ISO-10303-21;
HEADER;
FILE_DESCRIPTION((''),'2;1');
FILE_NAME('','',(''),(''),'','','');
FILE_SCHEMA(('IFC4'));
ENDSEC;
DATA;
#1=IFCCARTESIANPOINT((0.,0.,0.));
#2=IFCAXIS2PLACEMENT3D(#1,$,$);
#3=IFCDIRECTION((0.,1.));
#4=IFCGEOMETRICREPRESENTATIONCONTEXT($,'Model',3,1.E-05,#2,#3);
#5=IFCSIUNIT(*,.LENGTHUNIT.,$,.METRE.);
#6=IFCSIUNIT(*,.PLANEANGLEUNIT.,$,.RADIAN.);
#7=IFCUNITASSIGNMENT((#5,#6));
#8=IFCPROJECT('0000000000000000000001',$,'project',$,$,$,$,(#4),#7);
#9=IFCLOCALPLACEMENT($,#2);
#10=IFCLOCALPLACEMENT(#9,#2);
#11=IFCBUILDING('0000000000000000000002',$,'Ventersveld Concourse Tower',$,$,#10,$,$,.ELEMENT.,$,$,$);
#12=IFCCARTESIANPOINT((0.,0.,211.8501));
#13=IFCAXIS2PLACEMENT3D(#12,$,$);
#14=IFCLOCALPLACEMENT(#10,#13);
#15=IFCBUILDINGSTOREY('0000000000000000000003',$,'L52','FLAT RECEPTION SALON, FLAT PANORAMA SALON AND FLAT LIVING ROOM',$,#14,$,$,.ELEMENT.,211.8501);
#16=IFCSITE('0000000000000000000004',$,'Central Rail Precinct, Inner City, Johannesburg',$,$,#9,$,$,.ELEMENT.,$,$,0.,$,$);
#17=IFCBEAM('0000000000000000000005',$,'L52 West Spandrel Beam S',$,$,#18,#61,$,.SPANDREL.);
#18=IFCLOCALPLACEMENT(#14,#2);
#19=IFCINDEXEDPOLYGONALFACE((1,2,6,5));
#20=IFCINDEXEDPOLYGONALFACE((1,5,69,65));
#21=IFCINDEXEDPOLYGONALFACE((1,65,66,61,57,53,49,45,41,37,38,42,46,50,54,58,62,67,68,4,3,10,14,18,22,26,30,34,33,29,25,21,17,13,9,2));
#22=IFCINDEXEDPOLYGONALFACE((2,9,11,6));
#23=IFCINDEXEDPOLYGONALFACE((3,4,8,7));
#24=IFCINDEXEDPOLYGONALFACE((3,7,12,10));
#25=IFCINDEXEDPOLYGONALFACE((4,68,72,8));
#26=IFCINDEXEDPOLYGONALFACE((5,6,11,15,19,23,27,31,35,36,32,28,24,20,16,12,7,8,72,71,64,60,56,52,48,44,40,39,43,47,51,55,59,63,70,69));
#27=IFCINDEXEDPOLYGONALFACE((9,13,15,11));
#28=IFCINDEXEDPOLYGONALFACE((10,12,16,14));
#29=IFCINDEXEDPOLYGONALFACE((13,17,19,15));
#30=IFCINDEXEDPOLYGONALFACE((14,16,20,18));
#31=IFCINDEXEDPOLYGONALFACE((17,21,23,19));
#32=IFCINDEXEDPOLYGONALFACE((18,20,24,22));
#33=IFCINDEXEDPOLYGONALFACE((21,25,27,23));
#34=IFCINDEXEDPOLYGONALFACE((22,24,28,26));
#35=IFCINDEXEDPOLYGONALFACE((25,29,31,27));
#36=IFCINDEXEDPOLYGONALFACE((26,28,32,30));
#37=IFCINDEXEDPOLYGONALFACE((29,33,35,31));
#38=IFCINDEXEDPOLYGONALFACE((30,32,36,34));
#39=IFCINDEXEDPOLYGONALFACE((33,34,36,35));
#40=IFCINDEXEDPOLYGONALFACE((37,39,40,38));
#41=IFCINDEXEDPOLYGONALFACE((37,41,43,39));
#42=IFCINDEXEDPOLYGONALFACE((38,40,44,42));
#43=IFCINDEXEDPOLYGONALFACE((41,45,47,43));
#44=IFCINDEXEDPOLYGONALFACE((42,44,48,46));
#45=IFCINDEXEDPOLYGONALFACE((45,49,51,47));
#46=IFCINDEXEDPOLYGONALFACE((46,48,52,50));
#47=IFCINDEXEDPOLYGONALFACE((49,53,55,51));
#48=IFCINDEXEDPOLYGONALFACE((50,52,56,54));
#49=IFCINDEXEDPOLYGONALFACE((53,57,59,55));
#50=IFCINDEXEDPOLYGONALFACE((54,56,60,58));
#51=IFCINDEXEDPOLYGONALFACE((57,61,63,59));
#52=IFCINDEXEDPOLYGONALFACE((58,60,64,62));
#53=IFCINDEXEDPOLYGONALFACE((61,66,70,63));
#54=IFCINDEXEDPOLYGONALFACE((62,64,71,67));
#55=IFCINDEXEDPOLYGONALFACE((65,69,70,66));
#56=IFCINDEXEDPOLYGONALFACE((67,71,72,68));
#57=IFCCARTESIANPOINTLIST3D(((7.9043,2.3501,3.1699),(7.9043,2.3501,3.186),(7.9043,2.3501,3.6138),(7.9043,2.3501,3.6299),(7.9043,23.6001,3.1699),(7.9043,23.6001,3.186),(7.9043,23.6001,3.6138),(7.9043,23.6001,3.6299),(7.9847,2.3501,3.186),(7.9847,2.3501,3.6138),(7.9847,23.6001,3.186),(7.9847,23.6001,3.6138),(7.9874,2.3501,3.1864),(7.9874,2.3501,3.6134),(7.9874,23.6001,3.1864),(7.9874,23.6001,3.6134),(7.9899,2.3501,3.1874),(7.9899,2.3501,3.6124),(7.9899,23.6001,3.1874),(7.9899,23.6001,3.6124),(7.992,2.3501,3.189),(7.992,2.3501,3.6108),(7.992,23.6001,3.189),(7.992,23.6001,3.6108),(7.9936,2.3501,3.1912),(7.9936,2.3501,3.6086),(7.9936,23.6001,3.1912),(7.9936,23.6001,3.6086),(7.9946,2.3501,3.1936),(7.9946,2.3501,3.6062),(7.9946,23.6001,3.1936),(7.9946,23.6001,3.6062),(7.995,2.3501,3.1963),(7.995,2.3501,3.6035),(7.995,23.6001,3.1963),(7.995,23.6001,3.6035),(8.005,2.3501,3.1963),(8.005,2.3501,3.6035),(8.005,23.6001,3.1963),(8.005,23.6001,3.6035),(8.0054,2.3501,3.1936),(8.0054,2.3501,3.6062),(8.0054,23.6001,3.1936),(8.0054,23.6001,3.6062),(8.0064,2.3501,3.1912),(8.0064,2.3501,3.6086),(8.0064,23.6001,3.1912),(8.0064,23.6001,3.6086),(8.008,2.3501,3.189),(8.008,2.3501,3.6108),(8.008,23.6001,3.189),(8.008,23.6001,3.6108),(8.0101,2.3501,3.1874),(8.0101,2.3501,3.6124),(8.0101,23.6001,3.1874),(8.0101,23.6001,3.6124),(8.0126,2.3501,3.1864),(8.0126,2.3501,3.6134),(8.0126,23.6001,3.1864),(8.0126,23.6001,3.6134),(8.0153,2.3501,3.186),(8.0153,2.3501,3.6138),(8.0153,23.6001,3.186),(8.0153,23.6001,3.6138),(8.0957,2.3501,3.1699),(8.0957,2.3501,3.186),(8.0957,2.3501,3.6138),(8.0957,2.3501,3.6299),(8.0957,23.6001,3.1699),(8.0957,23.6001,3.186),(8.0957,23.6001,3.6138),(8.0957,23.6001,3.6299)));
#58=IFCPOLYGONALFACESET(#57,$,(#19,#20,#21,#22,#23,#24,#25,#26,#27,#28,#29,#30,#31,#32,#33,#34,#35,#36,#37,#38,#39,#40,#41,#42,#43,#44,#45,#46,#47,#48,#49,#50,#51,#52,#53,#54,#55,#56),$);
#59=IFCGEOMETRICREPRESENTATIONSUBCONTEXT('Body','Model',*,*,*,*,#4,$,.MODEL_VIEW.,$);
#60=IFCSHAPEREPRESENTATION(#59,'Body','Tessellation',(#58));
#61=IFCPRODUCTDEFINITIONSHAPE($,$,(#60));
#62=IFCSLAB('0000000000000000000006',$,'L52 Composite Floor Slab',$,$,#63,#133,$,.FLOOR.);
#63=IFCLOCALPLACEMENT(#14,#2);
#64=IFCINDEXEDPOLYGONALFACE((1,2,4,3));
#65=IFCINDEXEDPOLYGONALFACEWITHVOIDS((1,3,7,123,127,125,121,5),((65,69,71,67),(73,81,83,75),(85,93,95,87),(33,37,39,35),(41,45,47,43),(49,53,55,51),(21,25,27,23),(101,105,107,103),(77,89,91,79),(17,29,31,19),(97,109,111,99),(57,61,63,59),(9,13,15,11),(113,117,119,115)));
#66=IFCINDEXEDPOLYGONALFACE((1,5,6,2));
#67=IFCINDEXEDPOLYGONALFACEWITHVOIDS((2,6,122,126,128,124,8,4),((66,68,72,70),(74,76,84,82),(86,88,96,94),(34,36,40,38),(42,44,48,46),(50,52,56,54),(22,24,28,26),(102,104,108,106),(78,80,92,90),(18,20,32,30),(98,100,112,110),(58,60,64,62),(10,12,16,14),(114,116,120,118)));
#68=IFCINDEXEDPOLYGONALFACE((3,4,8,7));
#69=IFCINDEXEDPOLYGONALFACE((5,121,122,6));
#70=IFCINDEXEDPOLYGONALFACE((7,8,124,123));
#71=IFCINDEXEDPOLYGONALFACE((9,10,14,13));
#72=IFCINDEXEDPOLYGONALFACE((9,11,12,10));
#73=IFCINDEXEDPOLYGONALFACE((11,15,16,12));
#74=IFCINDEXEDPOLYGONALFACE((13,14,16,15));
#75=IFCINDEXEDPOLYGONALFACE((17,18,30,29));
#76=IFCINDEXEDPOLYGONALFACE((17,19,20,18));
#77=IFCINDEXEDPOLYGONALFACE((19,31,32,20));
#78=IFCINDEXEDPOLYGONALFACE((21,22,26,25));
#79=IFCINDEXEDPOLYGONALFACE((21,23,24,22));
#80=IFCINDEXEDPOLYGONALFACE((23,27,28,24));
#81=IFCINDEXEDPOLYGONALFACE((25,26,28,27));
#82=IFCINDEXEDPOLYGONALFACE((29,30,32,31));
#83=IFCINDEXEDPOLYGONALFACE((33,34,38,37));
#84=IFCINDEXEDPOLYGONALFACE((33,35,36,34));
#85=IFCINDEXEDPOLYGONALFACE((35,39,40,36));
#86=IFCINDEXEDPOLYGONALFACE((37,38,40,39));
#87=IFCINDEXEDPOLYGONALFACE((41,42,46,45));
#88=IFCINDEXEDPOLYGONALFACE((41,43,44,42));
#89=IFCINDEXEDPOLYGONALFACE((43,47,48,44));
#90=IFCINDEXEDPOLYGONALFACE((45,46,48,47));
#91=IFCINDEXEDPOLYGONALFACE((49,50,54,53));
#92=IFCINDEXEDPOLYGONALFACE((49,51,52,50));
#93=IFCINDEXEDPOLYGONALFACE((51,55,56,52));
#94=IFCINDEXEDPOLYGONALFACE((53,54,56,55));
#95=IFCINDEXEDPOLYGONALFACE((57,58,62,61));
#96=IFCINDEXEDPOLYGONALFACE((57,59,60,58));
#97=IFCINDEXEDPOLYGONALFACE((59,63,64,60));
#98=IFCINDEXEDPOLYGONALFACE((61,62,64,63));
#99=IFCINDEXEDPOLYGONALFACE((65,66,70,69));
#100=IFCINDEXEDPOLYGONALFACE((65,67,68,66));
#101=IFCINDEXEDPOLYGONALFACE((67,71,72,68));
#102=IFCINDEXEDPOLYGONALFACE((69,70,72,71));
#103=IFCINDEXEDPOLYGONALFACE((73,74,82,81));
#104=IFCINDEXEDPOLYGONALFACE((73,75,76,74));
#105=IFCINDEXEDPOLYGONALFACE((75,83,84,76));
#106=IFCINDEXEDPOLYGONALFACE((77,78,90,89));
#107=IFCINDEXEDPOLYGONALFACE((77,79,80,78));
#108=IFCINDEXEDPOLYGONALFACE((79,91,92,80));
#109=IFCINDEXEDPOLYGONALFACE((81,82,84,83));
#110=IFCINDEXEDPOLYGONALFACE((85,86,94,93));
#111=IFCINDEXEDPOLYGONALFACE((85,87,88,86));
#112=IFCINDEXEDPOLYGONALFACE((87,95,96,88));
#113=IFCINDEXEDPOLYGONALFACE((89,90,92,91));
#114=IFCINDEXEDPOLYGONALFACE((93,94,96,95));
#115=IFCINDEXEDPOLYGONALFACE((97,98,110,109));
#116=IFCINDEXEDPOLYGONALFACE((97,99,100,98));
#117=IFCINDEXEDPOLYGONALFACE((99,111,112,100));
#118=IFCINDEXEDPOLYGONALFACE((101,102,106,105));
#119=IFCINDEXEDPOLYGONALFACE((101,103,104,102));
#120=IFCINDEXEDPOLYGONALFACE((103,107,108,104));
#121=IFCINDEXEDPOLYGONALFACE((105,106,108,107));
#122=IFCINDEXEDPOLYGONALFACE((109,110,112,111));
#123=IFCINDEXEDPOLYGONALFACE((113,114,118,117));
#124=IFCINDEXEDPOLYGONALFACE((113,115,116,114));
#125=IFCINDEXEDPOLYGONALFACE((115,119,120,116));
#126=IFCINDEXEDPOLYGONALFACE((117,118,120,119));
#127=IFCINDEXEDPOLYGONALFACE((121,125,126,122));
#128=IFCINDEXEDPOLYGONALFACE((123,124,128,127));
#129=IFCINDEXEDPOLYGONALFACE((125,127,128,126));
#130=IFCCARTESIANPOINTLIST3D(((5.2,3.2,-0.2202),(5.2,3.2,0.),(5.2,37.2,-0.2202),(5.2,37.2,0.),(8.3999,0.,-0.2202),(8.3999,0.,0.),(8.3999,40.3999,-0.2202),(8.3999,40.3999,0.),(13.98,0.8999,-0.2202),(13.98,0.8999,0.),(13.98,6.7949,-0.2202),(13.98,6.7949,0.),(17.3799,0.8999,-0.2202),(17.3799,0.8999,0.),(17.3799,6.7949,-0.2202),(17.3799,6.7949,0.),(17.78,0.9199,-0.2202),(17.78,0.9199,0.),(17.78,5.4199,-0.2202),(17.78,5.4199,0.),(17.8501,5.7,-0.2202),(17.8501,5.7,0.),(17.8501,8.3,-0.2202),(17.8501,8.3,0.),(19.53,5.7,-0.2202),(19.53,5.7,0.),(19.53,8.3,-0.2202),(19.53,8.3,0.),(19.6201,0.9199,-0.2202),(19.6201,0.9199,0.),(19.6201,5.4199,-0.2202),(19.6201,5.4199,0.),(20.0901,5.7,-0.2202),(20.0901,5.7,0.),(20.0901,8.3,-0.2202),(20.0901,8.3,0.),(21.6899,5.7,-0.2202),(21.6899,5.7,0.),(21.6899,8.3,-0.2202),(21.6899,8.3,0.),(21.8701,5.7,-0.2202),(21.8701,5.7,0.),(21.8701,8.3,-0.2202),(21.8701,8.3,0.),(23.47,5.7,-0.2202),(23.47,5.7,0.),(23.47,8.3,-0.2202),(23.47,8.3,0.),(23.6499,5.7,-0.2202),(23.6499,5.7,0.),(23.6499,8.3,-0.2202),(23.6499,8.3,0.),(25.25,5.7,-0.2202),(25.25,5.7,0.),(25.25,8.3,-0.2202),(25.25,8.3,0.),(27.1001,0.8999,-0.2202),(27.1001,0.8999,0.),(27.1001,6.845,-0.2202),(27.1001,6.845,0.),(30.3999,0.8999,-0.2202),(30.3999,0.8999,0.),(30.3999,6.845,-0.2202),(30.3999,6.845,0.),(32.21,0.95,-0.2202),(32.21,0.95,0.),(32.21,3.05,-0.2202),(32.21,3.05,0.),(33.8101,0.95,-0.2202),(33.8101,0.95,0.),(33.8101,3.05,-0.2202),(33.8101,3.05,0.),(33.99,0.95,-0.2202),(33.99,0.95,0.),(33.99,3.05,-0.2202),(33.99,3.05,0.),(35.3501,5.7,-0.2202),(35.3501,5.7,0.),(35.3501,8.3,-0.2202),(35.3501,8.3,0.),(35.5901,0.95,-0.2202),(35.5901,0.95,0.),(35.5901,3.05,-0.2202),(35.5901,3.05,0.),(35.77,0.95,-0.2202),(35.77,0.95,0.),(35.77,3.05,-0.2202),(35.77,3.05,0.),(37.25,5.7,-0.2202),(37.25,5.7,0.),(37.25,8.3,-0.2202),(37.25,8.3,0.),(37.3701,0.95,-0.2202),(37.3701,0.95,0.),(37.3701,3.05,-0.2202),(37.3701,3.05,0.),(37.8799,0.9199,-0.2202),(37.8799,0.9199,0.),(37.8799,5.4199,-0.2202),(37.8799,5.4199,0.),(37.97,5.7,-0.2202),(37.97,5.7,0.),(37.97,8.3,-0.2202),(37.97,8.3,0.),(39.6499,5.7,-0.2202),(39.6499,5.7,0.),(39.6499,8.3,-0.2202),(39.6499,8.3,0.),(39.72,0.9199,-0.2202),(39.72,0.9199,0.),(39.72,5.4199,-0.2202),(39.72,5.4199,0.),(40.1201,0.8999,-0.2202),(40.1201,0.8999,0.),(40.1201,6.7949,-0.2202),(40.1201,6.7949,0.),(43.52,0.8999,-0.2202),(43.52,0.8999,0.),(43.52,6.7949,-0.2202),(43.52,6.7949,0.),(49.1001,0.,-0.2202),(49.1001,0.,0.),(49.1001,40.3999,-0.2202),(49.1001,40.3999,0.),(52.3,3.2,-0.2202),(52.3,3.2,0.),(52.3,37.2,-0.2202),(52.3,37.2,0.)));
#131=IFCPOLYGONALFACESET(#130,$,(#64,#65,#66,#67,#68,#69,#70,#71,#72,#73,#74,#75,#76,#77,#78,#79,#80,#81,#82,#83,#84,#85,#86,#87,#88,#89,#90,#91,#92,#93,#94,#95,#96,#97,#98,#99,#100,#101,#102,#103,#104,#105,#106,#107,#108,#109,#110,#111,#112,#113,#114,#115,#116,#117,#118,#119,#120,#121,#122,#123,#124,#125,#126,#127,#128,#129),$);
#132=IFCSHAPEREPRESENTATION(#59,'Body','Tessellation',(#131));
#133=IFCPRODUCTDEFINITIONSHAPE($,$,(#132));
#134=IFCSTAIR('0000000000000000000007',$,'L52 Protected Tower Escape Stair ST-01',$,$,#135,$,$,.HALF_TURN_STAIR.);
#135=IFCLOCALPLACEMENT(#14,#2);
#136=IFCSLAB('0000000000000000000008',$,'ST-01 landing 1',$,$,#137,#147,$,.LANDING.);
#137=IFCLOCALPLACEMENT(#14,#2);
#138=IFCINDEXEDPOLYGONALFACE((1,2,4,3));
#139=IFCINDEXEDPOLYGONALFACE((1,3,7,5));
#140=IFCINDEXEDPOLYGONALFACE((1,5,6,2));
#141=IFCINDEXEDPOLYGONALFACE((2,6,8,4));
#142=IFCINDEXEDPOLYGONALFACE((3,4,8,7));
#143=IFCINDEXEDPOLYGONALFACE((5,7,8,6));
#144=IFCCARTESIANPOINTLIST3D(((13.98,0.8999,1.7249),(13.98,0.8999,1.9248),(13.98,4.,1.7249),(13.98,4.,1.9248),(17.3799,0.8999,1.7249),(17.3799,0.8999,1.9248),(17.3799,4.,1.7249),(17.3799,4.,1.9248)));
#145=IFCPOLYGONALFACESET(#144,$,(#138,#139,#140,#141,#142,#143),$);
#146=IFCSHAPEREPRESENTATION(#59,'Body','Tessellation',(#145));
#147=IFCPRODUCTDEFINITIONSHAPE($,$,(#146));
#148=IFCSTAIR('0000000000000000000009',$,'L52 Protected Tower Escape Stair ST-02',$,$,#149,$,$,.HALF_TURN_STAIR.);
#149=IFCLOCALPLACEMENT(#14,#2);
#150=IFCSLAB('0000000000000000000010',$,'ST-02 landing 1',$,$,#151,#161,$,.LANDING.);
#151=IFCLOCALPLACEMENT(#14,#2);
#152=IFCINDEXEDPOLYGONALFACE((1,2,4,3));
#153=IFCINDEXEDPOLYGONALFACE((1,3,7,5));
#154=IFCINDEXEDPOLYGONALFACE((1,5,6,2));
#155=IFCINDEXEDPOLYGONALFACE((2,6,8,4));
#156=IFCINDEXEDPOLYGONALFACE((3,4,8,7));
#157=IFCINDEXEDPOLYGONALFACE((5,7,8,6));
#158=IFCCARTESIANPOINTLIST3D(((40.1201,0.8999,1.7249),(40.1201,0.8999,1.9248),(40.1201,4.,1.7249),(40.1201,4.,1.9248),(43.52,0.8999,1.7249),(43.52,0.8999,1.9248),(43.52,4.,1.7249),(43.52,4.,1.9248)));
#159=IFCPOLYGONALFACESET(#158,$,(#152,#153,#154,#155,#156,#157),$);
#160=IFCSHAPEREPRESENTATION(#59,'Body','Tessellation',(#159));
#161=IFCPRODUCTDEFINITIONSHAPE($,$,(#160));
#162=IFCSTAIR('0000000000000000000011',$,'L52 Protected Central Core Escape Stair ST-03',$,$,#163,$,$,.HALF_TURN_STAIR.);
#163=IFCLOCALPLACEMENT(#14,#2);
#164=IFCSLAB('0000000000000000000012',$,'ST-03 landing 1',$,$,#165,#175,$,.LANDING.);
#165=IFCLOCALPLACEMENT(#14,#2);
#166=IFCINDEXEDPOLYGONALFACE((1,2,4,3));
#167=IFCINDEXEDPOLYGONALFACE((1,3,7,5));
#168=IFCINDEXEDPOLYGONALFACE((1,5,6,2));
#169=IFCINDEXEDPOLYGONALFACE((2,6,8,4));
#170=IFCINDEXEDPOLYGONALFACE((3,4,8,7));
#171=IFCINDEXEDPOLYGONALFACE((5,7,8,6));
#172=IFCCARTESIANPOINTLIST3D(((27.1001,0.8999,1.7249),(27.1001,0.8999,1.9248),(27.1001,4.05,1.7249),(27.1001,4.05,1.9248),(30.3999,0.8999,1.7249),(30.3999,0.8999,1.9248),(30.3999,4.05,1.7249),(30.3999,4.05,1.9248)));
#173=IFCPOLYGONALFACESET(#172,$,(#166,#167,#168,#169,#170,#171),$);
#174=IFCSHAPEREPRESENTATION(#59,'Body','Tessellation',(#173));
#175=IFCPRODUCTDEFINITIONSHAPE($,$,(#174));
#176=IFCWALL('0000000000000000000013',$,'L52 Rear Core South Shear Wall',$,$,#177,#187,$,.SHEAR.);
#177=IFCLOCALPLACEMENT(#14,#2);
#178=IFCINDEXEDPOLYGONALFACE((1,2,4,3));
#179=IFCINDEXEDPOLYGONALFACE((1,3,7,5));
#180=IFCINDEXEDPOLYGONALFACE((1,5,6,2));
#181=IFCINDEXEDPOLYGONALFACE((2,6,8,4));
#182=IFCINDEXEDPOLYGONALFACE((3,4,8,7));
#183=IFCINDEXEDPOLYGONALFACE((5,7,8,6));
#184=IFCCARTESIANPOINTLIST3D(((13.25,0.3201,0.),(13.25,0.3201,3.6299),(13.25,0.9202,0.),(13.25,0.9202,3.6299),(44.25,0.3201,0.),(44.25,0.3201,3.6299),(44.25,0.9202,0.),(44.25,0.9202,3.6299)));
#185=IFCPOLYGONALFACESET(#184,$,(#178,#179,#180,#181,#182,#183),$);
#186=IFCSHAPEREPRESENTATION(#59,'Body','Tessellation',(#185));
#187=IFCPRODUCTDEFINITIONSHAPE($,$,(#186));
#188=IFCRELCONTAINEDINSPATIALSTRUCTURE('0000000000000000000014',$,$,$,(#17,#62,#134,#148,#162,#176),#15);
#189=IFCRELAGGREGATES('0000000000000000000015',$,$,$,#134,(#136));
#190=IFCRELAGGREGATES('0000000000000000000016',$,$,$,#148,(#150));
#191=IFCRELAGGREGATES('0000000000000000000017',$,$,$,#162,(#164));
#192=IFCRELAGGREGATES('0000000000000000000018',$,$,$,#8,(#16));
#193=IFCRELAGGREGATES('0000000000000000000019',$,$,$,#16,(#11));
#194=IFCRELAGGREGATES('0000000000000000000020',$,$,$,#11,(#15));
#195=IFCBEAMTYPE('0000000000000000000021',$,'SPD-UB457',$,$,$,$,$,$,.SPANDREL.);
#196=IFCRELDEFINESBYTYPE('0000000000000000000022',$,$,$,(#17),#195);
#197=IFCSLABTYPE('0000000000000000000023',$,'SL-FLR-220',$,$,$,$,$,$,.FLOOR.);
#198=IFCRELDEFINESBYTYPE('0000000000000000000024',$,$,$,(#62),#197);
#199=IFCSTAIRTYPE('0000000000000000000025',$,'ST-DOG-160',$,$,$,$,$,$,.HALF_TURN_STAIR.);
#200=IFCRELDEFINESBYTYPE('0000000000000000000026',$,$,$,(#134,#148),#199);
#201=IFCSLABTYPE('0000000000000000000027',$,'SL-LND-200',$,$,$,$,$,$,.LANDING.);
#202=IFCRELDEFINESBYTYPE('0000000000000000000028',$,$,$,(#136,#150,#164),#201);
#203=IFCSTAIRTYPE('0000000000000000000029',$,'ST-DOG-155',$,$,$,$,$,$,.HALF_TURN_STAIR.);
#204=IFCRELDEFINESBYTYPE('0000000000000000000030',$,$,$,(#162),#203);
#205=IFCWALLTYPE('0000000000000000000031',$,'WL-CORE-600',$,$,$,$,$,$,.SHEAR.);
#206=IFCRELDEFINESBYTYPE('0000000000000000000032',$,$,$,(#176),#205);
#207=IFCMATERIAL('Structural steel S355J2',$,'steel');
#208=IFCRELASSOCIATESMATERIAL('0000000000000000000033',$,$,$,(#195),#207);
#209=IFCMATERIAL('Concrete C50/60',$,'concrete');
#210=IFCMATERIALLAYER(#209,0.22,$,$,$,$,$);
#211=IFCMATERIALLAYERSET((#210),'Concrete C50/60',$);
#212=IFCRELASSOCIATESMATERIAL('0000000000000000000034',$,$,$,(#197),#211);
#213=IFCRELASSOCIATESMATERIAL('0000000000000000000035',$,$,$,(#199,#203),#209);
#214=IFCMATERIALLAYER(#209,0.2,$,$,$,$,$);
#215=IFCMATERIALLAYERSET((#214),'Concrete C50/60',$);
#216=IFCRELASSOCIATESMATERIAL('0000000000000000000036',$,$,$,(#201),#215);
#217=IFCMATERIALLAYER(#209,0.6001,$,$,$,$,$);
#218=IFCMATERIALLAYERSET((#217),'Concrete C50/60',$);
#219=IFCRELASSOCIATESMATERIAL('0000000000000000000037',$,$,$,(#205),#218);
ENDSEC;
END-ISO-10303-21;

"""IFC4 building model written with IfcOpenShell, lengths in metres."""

from ifc_helpers import new_model, si_unit, direction, frame, frame_2d, origin, origin_2d, place, context, subcontext, project, spatial, polyline, rectangle, i_section, outline, extrude, material, layer, layer_set, material_profile, profile_set, type_object, element, aggregate, save


model = new_model("IFC4")

# Units and contexts
model_context = context("Model", 3, precision=1e-05, world=origin(), true_north=direction((0.0, 1.0)))
body_context = subcontext(model_context, "Body", "Model", "MODEL_VIEW")
ifc_project = project(units=[si_unit("LENGTHUNIT", "METRE"), si_unit("PLANEANGLEUNIT", "RADIAN")], contexts=[model_context])

# Site, building, storey
site_placement = place(None, origin())
site = spatial("IfcSite", under=ifc_project, at=site_placement, Name="Central Rail Precinct, Inner City, Johannesburg", CompositionType="ELEMENT", RefElevation=0.0)
building_placement = place(site_placement, origin())
building = spatial("IfcBuilding", under=site, at=building_placement, Name="Ventersveld Concourse Tower", CompositionType="ELEMENT")
storey_placement = place(building_placement, frame((0.0, 0.0, 211.8501)))
storey = spatial("IfcBuildingStorey", under=building, at=storey_placement, Name="L52", Description="FLAT RECEPTION SALON, FLAT PANORAMA SALON AND FLAT LIVING ROOM", CompositionType="ELEMENT", Elevation=211.8501)

# Shared definitions
ifc_material_1 = material(Name="Concrete C50/60", Category="concrete")

# Shared definitions
ifc_material_2 = material(Name="Structural steel S355J2", Category="steel")

# Beam
ifc_material_profile_1 = material_profile(ifc_material_2, i_section(OverallWidth=0.1914, OverallDepth=0.46, WebThickness=0.01, FlangeThickness=0.0161, FilletRadius=0.0103, at=origin_2d()), Name="UB 457x191x82")
ifc_profile_set_1 = profile_set([ifc_material_profile_1], Name="Structural steel S355J2")
beam_type_1 = type_object("IfcBeamType", Name="SPD-UB457", PredefinedType="SPANDREL", material=ifc_profile_set_1)
beam_1_placement = place(storey_placement, frame((8.0, 2.3501, 3.3999), z_axis=(0.0, 1.0, 0.0), x_axis=(-1.0, 0.0, 0.0)))
element("IfcBeam", 1, at=beam_1_placement, inside=storey, type_object=beam_type_1, Name="L52 West Spandrel Beam S", PredefinedType="SPANDREL", context=body_context, shape_type="SweptSolid", body=[
    extrude(i_section(OverallWidth=0.1914, OverallDepth=0.46, WebThickness=0.01, FlangeThickness=0.0161, FilletRadius=0.0103, at=origin_2d()), origin(), (0.0, 0.0, 1.0), 21.25),
])

# Slab
ifc_layer_1 = layer(ifc_material_1, 0.22)
ifc_layer_set_1 = layer_set([ifc_layer_1], Name="Concrete C50/60")
slab_type_1 = type_object("IfcSlabType", Name="SL-FLR-220", PredefinedType="FLOOR", material=ifc_layer_set_1)
slab_1_placement = place(storey_placement, frame((0.0, 0.0, -0.2202)))
element("IfcSlab", 2, at=slab_1_placement, inside=storey, type_object=slab_type_1, Name="L52 Composite Floor Slab", PredefinedType="FLOOR", context=body_context, shape_type="SweptSolid", body=[
    extrude(outline(polyline([(8.3999, 0.0), (49.1001, 0.0), (52.3, 3.2), (52.3, 37.2), (49.1001, 40.3999), (8.3999, 40.3999), (5.2, 37.2), (5.2, 3.2), (8.3999, 0.0)]), holes=[polyline([(13.98, 6.7949), (13.98, 0.8999), (17.3799, 0.8999), (17.3799, 6.7949), (13.98, 6.7949)]), polyline([(40.1201, 6.7949), (40.1201, 0.8999), (43.52, 0.8999), (43.52, 6.7949), (40.1201, 6.7949)]), polyline([(27.1001, 6.845), (27.1001, 0.8999), (30.3999, 0.8999), (30.3999, 6.845), (27.1001, 6.845)]), polyline([(17.8501, 5.7), (19.53, 5.7), (19.53, 8.3), (17.8501, 8.3), (17.8501, 5.7)]), polyline([(37.97, 5.7), (39.6499, 5.7), (39.6499, 8.3), (37.97, 8.3), (37.97, 5.7)]), polyline([(35.3501, 5.7), (37.25, 5.7), (37.25, 8.3), (35.3501, 8.3), (35.3501, 5.7)]), polyline([(32.21, 0.95), (33.8101, 0.95), (33.8101, 3.05), (32.21, 3.05), (32.21, 0.95)]), polyline([(33.99, 0.95), (35.5901, 0.95), (35.5901, 3.05), (33.99, 3.05), (33.99, 0.95)]), polyline([(35.77, 0.95), (37.3701, 0.95), (37.3701, 3.05), (35.77, 3.05), (35.77, 0.95)]), polyline([(20.0901, 5.7), (21.6899, 5.7), (21.6899, 8.3), (20.0901, 8.3), (20.0901, 5.7)]), polyline([(21.8701, 5.7), (23.47, 5.7), (23.47, 8.3), (21.8701, 8.3), (21.8701, 5.7)]), polyline([(23.6499, 5.7), (25.25, 5.7), (25.25, 8.3), (23.6499, 8.3), (23.6499, 5.7)]), polyline([(17.78, 0.9199), (19.6201, 0.9199), (19.6201, 5.4199), (17.78, 5.4199), (17.78, 0.9199)]), polyline([(37.8799, 0.9199), (39.72, 0.9199), (39.72, 5.4199), (37.8799, 5.4199), (37.8799, 0.9199)])]), origin(), (0.0, 0.0, 1.0), 0.2202),
])

# Stairs, slabs
stair_type_1 = type_object("IfcStairType", Name="ST-DOG-160", PredefinedType="HALF_TURN_STAIR", material=ifc_material_1)
stair_1_placement = place(storey_placement, origin())
stair_1 = element("IfcStair", 3, at=stair_1_placement, inside=storey, type_object=stair_type_1, Name="L52 Protected Tower Escape Stair ST-01", PredefinedType="HALF_TURN_STAIR")
ifc_layer_2 = layer(ifc_material_1, 0.2)
ifc_layer_set_2 = layer_set([ifc_layer_2], Name="Concrete C50/60")
slab_type_2 = type_object("IfcSlabType", Name="SL-LND-200", PredefinedType="LANDING", material=ifc_layer_set_2)
slab_2_placement = place(storey_placement, frame((0.0, 0.0, 1.7249)))
slab_2 = element("IfcSlab", 4, at=slab_2_placement, type_object=slab_type_2, Name="ST-01 landing 1", PredefinedType="LANDING", context=body_context, shape_type="SweptSolid", body=[
    extrude(outline(polyline([(13.98, 4.0), (13.98, 0.8999), (17.3799, 0.8999), (17.3799, 4.0), (13.98, 4.0)])), origin(), (0.0, 0.0, 1.0), 0.2),
])
aggregate(stair_1, [slab_2])
stair_2_placement = place(storey_placement, origin())
stair_2 = element("IfcStair", 5, at=stair_2_placement, inside=storey, type_object=stair_type_1, Name="L52 Protected Tower Escape Stair ST-02", PredefinedType="HALF_TURN_STAIR")
slab_3_placement = place(storey_placement, frame((0.0, 0.0, 1.7249)))
slab_3 = element("IfcSlab", 6, at=slab_3_placement, type_object=slab_type_2, Name="ST-02 landing 1", PredefinedType="LANDING", context=body_context, shape_type="SweptSolid", body=[
    extrude(outline(polyline([(40.1201, 4.0), (40.1201, 0.8999), (43.52, 0.8999), (43.52, 4.0), (40.1201, 4.0)])), origin(), (0.0, 0.0, 1.0), 0.2),
])
aggregate(stair_2, [slab_3])
stair_type_2 = type_object("IfcStairType", Name="ST-DOG-155", PredefinedType="HALF_TURN_STAIR", material=ifc_material_1)
stair_3_placement = place(storey_placement, origin())
stair_3 = element("IfcStair", 7, at=stair_3_placement, inside=storey, type_object=stair_type_2, Name="L52 Protected Central Core Escape Stair ST-03", PredefinedType="HALF_TURN_STAIR")
slab_4_placement = place(storey_placement, frame((0.0, 0.0, 1.7249)))
slab_4 = element("IfcSlab", 8, at=slab_4_placement, type_object=slab_type_2, Name="ST-03 landing 1", PredefinedType="LANDING", context=body_context, shape_type="SweptSolid", body=[
    extrude(outline(polyline([(27.1001, 4.05), (27.1001, 0.8999), (30.3999, 0.8999), (30.3999, 4.05), (27.1001, 4.05)])), origin(), (0.0, 0.0, 1.0), 0.2),
])
aggregate(stair_3, [slab_4])

# Wall
ifc_layer_3 = layer(ifc_material_1, 0.6001)
ifc_layer_set_3 = layer_set([ifc_layer_3], Name="Concrete C50/60")
wall_type_1 = type_object("IfcWallType", Name="WL-CORE-600", PredefinedType="SHEAR", material=ifc_layer_set_3)
wall_1_placement = place(storey_placement, frame((13.25, 0.6201, 0.0), z_axis=(0.0, 0.0, 1.0), x_axis=(1.0, 0.0, 0.0)))
element("IfcWall", 9, at=wall_1_placement, inside=storey, type_object=wall_type_1, Name="L52 Rear Core South Shear Wall", PredefinedType="SHEAR", context=body_context, shape_type="SweptSolid", body=[
    extrude(rectangle(XDim=31.0, YDim=0.6001, at=frame_2d((15.5, 0.0))), origin(), (0.0, 0.0, 1.0), 3.6299),
])

save(model, "model.ifc")
